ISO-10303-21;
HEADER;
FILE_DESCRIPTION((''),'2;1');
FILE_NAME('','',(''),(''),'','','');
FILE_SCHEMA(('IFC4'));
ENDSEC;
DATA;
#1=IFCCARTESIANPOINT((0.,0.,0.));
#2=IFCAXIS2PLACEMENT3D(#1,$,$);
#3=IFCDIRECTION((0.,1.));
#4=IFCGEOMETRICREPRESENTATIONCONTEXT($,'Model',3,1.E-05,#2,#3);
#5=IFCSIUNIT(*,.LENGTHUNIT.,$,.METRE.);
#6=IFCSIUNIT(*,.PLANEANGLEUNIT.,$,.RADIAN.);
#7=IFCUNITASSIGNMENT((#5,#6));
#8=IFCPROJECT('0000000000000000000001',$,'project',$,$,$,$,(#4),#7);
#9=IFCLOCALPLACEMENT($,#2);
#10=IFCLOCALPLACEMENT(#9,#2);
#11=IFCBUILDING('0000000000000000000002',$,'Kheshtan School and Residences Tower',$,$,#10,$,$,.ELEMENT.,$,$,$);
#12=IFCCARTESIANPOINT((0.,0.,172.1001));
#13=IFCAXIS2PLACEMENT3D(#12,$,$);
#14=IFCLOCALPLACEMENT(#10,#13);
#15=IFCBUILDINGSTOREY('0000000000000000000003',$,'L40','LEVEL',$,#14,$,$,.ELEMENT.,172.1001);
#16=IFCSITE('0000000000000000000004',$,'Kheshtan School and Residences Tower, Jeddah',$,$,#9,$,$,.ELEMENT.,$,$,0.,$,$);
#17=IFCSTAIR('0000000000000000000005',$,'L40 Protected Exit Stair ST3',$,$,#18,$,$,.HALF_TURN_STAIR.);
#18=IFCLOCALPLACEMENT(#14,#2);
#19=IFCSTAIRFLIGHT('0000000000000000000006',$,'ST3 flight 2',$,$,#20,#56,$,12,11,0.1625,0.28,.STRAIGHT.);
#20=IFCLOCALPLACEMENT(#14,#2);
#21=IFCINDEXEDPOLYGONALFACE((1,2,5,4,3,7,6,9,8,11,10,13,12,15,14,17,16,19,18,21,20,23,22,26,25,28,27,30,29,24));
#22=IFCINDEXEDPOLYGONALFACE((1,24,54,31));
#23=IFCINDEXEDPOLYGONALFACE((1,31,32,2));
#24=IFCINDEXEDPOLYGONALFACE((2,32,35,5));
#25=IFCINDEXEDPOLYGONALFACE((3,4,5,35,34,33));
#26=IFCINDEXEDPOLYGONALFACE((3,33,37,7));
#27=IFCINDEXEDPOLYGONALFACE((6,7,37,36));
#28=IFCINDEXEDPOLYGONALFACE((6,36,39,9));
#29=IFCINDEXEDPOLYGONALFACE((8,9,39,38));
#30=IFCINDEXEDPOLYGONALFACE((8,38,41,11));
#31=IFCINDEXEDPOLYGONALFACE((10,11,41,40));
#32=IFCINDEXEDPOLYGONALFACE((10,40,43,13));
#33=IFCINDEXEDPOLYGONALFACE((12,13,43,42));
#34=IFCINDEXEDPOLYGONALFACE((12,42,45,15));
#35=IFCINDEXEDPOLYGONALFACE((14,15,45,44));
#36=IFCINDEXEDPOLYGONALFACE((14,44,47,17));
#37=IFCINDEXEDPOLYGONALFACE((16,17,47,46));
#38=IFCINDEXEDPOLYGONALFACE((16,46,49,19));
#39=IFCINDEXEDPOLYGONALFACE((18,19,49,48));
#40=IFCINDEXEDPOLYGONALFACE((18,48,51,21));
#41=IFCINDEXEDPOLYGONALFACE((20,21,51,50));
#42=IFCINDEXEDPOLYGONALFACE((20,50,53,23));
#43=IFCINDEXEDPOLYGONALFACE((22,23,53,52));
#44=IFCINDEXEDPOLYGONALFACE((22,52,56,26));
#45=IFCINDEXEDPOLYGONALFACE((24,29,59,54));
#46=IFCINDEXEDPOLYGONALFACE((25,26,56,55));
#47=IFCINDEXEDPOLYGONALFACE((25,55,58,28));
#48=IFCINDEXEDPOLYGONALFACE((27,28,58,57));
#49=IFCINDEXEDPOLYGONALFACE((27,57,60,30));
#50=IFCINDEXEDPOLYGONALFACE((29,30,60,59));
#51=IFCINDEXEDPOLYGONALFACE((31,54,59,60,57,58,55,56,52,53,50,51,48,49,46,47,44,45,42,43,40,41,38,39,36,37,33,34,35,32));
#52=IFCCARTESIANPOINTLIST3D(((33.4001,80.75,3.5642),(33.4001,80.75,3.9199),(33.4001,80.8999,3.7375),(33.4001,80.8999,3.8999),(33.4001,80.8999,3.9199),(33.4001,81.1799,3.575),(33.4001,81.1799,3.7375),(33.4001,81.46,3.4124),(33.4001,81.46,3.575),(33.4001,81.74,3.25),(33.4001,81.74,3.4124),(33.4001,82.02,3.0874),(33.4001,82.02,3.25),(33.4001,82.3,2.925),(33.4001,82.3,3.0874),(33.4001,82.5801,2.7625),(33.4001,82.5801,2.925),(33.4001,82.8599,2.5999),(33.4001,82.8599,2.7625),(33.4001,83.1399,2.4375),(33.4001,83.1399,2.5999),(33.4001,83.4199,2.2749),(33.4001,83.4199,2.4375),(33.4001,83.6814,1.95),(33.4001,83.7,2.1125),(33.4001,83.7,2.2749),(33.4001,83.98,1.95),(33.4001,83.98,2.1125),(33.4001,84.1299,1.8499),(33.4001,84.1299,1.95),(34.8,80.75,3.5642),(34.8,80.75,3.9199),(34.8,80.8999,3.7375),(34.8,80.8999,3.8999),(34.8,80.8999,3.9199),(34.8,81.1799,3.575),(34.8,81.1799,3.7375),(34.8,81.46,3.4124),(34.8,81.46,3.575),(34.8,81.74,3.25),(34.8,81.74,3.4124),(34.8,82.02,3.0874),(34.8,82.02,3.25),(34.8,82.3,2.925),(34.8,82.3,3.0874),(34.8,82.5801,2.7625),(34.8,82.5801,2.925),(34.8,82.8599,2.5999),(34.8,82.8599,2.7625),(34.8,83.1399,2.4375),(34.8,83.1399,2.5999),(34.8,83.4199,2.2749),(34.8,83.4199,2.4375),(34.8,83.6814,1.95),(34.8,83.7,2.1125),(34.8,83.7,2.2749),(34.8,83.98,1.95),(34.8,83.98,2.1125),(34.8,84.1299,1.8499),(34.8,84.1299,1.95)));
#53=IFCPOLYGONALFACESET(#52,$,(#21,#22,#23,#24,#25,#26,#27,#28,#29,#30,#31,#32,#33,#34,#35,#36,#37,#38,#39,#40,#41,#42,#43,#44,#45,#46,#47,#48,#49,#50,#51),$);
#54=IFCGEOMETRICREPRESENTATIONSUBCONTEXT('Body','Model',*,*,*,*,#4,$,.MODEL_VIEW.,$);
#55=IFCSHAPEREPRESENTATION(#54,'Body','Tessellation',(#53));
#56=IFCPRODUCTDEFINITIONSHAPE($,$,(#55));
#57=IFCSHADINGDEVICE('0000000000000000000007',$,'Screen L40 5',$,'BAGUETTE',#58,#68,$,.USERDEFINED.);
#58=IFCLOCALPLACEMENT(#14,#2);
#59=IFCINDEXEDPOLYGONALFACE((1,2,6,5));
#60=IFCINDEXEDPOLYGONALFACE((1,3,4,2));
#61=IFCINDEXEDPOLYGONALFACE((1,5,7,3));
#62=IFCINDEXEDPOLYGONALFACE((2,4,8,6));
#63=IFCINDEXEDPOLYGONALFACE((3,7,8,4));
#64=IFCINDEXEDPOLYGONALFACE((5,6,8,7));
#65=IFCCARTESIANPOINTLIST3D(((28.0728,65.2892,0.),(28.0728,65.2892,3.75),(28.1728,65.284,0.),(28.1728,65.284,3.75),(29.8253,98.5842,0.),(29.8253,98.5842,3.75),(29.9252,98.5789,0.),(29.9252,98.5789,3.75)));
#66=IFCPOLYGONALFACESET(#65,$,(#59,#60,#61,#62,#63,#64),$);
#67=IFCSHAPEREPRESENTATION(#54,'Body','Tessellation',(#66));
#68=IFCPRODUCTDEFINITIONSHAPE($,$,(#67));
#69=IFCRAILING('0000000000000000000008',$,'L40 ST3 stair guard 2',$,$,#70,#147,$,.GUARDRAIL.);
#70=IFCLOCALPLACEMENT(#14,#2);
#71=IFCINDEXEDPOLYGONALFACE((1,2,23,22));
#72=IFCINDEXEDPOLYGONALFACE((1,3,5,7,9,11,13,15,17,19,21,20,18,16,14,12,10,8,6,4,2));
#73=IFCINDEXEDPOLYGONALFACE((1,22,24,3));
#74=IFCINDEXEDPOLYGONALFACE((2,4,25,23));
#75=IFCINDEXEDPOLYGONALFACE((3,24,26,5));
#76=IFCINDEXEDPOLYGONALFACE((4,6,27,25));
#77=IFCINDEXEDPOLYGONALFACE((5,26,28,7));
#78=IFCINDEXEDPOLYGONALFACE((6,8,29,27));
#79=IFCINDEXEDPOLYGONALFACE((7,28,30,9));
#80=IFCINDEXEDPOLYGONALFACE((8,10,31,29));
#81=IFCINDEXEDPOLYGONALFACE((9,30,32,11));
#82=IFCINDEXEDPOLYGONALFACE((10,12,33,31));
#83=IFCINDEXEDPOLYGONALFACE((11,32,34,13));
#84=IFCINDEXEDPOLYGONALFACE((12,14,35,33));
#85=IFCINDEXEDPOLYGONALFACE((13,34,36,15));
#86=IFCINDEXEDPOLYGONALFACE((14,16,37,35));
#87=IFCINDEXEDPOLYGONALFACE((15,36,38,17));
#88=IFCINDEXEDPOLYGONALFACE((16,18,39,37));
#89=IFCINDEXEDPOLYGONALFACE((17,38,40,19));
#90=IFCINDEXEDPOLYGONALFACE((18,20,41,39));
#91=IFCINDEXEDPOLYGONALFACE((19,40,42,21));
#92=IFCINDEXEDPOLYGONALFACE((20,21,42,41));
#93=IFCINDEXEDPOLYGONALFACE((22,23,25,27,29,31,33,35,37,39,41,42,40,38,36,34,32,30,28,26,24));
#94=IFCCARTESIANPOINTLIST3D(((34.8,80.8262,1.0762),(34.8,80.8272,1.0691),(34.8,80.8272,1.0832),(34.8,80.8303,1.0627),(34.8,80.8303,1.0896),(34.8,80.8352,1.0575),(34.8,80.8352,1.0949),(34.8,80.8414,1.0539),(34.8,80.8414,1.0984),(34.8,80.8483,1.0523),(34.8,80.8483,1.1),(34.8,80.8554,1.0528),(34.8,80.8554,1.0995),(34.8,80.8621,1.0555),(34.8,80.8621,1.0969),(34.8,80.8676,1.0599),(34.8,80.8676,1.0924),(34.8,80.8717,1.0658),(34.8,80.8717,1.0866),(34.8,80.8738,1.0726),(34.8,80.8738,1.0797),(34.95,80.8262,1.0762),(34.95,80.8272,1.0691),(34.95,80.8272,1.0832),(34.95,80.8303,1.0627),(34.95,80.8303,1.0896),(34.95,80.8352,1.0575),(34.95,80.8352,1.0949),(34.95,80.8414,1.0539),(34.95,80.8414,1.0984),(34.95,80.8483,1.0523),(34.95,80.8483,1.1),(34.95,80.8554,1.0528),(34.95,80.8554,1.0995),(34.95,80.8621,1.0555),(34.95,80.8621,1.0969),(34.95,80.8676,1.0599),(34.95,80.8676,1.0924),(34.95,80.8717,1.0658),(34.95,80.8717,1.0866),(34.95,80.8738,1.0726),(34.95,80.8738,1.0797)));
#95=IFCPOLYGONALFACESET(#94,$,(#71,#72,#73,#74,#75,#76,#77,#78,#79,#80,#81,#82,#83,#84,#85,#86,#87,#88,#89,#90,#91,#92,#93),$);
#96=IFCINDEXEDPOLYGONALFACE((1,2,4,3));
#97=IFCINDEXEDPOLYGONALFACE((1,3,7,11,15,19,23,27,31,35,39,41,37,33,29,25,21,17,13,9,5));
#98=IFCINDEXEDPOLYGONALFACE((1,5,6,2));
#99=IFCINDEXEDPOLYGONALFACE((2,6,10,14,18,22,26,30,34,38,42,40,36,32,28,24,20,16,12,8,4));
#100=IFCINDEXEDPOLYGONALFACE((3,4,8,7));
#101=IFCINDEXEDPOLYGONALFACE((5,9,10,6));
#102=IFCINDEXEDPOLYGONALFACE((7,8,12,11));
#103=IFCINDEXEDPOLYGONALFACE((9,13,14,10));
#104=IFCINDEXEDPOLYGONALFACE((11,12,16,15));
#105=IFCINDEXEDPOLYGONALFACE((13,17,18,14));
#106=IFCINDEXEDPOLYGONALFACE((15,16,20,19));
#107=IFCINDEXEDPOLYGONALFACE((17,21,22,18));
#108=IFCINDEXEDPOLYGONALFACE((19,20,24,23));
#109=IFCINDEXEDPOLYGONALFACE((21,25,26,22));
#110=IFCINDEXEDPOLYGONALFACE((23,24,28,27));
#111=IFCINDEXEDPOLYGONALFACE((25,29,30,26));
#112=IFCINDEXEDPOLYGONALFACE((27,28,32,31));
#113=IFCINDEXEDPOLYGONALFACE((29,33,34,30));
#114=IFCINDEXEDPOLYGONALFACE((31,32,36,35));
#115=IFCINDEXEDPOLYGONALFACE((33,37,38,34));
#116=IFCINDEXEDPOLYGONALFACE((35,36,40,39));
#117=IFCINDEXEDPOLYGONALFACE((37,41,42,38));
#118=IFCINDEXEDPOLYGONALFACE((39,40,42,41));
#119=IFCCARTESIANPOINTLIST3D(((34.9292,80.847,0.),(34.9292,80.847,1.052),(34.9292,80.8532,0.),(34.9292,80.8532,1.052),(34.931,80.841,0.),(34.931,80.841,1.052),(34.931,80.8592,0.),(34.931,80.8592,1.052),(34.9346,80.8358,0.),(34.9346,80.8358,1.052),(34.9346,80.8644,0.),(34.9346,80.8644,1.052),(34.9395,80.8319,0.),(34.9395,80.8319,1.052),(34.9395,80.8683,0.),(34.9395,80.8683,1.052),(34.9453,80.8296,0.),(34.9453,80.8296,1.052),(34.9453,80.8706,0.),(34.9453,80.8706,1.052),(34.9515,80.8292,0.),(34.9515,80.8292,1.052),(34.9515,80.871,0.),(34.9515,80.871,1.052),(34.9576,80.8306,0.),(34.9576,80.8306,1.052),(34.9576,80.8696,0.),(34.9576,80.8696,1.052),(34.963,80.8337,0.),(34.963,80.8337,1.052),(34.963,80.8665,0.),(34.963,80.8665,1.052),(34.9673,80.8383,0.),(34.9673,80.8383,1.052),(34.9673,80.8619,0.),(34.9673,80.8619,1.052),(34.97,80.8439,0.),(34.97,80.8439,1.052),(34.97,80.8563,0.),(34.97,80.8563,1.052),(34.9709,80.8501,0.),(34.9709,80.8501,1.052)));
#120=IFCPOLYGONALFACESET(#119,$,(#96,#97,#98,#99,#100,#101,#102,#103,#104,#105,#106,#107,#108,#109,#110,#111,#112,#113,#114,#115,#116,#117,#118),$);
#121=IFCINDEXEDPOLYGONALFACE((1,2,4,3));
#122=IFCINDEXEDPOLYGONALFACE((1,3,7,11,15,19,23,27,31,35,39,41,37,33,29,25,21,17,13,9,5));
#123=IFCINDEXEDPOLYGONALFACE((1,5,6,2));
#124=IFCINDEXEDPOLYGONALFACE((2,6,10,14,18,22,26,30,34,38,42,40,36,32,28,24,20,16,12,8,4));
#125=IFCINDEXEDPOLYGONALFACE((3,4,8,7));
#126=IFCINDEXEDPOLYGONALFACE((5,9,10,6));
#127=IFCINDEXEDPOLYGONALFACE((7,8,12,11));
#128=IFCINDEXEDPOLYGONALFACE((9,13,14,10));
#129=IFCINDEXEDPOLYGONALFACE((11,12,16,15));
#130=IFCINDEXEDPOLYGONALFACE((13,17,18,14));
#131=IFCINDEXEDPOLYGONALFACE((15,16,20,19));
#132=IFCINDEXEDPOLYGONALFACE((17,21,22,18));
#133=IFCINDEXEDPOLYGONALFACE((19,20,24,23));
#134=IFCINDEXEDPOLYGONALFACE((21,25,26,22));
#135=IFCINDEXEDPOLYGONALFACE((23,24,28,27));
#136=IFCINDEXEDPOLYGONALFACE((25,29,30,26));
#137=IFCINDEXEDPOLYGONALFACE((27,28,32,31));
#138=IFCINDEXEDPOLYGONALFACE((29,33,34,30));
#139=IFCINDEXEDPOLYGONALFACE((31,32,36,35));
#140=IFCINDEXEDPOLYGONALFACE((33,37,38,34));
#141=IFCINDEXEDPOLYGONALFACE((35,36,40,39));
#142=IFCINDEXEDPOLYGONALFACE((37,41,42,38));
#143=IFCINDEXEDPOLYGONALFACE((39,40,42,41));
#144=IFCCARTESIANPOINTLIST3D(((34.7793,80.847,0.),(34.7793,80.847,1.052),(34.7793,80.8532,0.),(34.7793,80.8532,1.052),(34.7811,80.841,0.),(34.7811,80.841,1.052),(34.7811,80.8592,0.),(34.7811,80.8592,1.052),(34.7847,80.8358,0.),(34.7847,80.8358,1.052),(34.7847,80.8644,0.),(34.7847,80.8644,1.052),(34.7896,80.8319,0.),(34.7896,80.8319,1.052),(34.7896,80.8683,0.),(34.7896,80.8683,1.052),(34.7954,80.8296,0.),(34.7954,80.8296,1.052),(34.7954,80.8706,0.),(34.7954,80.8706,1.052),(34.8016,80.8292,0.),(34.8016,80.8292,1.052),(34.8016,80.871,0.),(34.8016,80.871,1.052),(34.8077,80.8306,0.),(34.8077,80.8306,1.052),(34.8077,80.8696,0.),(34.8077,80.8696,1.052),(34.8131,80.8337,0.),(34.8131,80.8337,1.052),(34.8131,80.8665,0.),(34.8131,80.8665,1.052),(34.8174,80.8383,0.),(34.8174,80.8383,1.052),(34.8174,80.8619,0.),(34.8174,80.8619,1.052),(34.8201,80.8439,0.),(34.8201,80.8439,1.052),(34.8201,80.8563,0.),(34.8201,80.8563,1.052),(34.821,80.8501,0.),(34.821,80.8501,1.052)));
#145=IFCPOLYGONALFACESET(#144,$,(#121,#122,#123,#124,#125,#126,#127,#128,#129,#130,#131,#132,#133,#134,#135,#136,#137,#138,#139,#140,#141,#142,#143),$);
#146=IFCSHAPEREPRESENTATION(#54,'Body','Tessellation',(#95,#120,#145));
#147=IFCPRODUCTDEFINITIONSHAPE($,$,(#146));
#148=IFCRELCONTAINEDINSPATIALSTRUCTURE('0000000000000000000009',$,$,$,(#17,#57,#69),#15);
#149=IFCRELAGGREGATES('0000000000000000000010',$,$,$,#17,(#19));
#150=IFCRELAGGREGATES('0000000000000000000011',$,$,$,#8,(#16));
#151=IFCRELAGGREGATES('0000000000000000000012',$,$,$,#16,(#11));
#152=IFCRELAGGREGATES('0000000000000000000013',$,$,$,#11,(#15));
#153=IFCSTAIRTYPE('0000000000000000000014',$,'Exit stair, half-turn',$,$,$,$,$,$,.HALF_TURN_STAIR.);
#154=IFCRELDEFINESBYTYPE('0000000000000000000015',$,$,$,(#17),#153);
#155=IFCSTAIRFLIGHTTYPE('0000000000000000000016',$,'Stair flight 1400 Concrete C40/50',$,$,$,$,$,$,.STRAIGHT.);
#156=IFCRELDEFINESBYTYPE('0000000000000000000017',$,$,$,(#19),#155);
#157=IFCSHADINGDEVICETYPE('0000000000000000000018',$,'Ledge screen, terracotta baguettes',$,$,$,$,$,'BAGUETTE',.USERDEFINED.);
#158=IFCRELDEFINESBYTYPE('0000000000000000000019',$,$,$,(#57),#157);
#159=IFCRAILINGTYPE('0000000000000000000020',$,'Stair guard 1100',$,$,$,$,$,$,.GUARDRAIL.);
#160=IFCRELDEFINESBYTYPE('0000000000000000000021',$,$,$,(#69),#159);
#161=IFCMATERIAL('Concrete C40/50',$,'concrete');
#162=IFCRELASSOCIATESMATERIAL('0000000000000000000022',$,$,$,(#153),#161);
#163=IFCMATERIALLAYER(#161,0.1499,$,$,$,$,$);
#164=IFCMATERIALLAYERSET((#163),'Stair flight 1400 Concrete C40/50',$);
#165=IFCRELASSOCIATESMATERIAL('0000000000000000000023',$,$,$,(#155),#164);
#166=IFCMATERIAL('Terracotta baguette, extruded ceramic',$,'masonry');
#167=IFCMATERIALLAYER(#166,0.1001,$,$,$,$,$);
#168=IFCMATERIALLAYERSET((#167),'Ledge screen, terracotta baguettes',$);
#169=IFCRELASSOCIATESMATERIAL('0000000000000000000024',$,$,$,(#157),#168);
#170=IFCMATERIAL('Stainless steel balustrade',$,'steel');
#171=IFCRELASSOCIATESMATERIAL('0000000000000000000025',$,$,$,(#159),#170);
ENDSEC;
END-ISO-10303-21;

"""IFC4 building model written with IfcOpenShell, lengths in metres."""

from ifc_helpers import new_model, si_unit, direction, frame, origin, origin_2d, place, context, subcontext, project, spatial, polyline, rectangle, circle, outline, extrude, material, layer, layer_set, type_object, element, aggregate, save


model = new_model("IFC4")

# Units and contexts
model_context = context("Model", 3, precision=1e-05, world=origin(), true_north=direction((0.0, 1.0)))
body_context = subcontext(model_context, "Body", "Model", "MODEL_VIEW")
ifc_project = project(units=[si_unit("LENGTHUNIT", "METRE"), si_unit("PLANEANGLEUNIT", "RADIAN")], contexts=[model_context])

# Site, building, storey
site_placement = place(None, origin())
site = spatial("IfcSite", under=ifc_project, at=site_placement, Name="Kheshtan School and Residences Tower, Jeddah", CompositionType="ELEMENT", RefElevation=0.0)
building_placement = place(site_placement, origin())
building = spatial("IfcBuilding", under=site, at=building_placement, Name="Kheshtan School and Residences Tower", CompositionType="ELEMENT")
storey_placement = place(building_placement, frame((0.0, 0.0, 172.1001)))
storey = spatial("IfcBuildingStorey", under=building, at=storey_placement, Name="L40", Description="LEVEL", CompositionType="ELEMENT", Elevation=172.1001)

# Shared definitions
ifc_material_1 = material(Name="Concrete C40/50", Category="concrete")

# Stair, stair flight
stair_type = type_object("IfcStairType", Name="Exit stair, half-turn", PredefinedType="HALF_TURN_STAIR", material=ifc_material_1)
stair_placement = place(storey_placement, origin())
stair = element("IfcStair", 1, at=stair_placement, inside=storey, type_object=stair_type, Name="L40 Protected Exit Stair ST3", PredefinedType="HALF_TURN_STAIR")
ifc_layer_1 = layer(ifc_material_1, 0.1499)
ifc_layer_set_1 = layer_set([ifc_layer_1], Name="Stair flight 1400 Concrete C40/50")
stair_flight_type = type_object("IfcStairFlightType", Name="Stair flight 1400 Concrete C40/50", PredefinedType="STRAIGHT", material=ifc_layer_set_1)
stair_flight_1_placement = place(storey_placement, frame((34.1001, 83.98, 1.95), z_axis=(0.0, 0.0, 1.0), x_axis=(0.0, -1.0, 0.0)))
stair_flight_1 = element("IfcStairFlight", 2, at=stair_flight_1_placement, type_object=stair_flight_type, Name="ST3 flight 2", NumberOfRisers=12, NumberOfTreads=11, PredefinedType="STRAIGHT", RiserHeight=0.1625, TreadLength=0.28, context=body_context, shape_type="SweptSolid", body=[
    extrude(outline(polyline([(-0.1499, -0.1001), (-0.1499, 0.0), (0.0, 0.0), (0.0, 0.1626), (0.28, 0.1626), (0.28, 0.325), (0.5601, 0.325), (0.5601, 0.4875), (0.8401, 0.4875), (0.8401, 0.6499), (1.1201, 0.6499), (1.1201, 0.8125), (1.3999, 0.8125), (1.3999, 0.9751), (1.6799, 0.9751), (1.6799, 1.1375), (1.96, 1.1375), (1.96, 1.3), (2.24, 1.3), (2.24, 1.4624), (2.52, 1.4624), (2.52, 1.625), (2.8, 1.625), (2.8, 1.7876), (3.0801, 1.7876), (3.0801, 1.95), (3.0801, 1.97), (3.23, 1.97), (3.23, 1.6143), (0.2986, 0.0), (-0.1499, -0.1001)])), frame((0.0, 0.7, 0.0), z_axis=(0.0, -1.0, 0.0), x_axis=(1.0, 0.0, 0.0)), (0.0, 0.0, 1.0), 1.3999),
])
aggregate(stair, [stair_flight_1])

# Shading device
ifc_material_2 = material(Name="Terracotta baguette, extruded ceramic", Category="masonry")
ifc_layer_2 = layer(ifc_material_2, 0.1001)
ifc_layer_set_2 = layer_set([ifc_layer_2], Name="Ledge screen, terracotta baguettes")
shading_device_type = type_object("IfcShadingDeviceType", Name="Ledge screen, terracotta baguettes", ElementType="BAGUETTE", PredefinedType="USERDEFINED", material=ifc_layer_set_2)
shading_device_placement = place(storey_placement, frame((28.999, 81.9341, 0.0), z_axis=(0.0, 0.0, 1.0), x_axis=(0.052563, 0.998618, 0.0)))
element("IfcShadingDevice", 3, at=shading_device_placement, inside=storey, type_object=shading_device_type, Name="Screen L40 5", ObjectType="BAGUETTE", PredefinedType="USERDEFINED", context=body_context, shape_type="SweptSolid", body=[
    extrude(rectangle(XDim=33.3411, YDim=0.1001, at=origin_2d()), origin(), (0.0, 0.0, 1.0), 3.75),
])

# Railing
ifc_material_3 = material(Name="Stainless steel balustrade", Category="steel")
railing_type_1 = type_object("IfcRailingType", Name="Stair guard 1100", PredefinedType="GUARDRAIL", material=ifc_material_3)
railing_1_placement = place(storey_placement, frame((34.95, 80.8501, 0.0)))
element("IfcRailing", 4, at=railing_1_placement, inside=storey, type_object=railing_type_1, Name="L40 ST3 stair guard 2", PredefinedType="GUARDRAIL", context=body_context, shape_type="SweptSolid", body=[
    extrude(circle(Radius=0.0239, at=origin_2d()), frame((0.0, 0.0, 1.0762), z_axis=(-1.0, 0.0, 0.0), x_axis=(0.0, -1.0, 0.0)), (0.0, 0.0, 1.0), 0.1499),
    extrude(circle(Radius=0.021, at=origin_2d()), origin(), (0.0, 0.0, 1.0), 1.052),
    extrude(circle(Radius=0.021, at=origin_2d()), frame((-0.1499, 0.0, 0.0)), (0.0, 0.0, 1.0), 1.052),
])

save(model, "model.ifc")
